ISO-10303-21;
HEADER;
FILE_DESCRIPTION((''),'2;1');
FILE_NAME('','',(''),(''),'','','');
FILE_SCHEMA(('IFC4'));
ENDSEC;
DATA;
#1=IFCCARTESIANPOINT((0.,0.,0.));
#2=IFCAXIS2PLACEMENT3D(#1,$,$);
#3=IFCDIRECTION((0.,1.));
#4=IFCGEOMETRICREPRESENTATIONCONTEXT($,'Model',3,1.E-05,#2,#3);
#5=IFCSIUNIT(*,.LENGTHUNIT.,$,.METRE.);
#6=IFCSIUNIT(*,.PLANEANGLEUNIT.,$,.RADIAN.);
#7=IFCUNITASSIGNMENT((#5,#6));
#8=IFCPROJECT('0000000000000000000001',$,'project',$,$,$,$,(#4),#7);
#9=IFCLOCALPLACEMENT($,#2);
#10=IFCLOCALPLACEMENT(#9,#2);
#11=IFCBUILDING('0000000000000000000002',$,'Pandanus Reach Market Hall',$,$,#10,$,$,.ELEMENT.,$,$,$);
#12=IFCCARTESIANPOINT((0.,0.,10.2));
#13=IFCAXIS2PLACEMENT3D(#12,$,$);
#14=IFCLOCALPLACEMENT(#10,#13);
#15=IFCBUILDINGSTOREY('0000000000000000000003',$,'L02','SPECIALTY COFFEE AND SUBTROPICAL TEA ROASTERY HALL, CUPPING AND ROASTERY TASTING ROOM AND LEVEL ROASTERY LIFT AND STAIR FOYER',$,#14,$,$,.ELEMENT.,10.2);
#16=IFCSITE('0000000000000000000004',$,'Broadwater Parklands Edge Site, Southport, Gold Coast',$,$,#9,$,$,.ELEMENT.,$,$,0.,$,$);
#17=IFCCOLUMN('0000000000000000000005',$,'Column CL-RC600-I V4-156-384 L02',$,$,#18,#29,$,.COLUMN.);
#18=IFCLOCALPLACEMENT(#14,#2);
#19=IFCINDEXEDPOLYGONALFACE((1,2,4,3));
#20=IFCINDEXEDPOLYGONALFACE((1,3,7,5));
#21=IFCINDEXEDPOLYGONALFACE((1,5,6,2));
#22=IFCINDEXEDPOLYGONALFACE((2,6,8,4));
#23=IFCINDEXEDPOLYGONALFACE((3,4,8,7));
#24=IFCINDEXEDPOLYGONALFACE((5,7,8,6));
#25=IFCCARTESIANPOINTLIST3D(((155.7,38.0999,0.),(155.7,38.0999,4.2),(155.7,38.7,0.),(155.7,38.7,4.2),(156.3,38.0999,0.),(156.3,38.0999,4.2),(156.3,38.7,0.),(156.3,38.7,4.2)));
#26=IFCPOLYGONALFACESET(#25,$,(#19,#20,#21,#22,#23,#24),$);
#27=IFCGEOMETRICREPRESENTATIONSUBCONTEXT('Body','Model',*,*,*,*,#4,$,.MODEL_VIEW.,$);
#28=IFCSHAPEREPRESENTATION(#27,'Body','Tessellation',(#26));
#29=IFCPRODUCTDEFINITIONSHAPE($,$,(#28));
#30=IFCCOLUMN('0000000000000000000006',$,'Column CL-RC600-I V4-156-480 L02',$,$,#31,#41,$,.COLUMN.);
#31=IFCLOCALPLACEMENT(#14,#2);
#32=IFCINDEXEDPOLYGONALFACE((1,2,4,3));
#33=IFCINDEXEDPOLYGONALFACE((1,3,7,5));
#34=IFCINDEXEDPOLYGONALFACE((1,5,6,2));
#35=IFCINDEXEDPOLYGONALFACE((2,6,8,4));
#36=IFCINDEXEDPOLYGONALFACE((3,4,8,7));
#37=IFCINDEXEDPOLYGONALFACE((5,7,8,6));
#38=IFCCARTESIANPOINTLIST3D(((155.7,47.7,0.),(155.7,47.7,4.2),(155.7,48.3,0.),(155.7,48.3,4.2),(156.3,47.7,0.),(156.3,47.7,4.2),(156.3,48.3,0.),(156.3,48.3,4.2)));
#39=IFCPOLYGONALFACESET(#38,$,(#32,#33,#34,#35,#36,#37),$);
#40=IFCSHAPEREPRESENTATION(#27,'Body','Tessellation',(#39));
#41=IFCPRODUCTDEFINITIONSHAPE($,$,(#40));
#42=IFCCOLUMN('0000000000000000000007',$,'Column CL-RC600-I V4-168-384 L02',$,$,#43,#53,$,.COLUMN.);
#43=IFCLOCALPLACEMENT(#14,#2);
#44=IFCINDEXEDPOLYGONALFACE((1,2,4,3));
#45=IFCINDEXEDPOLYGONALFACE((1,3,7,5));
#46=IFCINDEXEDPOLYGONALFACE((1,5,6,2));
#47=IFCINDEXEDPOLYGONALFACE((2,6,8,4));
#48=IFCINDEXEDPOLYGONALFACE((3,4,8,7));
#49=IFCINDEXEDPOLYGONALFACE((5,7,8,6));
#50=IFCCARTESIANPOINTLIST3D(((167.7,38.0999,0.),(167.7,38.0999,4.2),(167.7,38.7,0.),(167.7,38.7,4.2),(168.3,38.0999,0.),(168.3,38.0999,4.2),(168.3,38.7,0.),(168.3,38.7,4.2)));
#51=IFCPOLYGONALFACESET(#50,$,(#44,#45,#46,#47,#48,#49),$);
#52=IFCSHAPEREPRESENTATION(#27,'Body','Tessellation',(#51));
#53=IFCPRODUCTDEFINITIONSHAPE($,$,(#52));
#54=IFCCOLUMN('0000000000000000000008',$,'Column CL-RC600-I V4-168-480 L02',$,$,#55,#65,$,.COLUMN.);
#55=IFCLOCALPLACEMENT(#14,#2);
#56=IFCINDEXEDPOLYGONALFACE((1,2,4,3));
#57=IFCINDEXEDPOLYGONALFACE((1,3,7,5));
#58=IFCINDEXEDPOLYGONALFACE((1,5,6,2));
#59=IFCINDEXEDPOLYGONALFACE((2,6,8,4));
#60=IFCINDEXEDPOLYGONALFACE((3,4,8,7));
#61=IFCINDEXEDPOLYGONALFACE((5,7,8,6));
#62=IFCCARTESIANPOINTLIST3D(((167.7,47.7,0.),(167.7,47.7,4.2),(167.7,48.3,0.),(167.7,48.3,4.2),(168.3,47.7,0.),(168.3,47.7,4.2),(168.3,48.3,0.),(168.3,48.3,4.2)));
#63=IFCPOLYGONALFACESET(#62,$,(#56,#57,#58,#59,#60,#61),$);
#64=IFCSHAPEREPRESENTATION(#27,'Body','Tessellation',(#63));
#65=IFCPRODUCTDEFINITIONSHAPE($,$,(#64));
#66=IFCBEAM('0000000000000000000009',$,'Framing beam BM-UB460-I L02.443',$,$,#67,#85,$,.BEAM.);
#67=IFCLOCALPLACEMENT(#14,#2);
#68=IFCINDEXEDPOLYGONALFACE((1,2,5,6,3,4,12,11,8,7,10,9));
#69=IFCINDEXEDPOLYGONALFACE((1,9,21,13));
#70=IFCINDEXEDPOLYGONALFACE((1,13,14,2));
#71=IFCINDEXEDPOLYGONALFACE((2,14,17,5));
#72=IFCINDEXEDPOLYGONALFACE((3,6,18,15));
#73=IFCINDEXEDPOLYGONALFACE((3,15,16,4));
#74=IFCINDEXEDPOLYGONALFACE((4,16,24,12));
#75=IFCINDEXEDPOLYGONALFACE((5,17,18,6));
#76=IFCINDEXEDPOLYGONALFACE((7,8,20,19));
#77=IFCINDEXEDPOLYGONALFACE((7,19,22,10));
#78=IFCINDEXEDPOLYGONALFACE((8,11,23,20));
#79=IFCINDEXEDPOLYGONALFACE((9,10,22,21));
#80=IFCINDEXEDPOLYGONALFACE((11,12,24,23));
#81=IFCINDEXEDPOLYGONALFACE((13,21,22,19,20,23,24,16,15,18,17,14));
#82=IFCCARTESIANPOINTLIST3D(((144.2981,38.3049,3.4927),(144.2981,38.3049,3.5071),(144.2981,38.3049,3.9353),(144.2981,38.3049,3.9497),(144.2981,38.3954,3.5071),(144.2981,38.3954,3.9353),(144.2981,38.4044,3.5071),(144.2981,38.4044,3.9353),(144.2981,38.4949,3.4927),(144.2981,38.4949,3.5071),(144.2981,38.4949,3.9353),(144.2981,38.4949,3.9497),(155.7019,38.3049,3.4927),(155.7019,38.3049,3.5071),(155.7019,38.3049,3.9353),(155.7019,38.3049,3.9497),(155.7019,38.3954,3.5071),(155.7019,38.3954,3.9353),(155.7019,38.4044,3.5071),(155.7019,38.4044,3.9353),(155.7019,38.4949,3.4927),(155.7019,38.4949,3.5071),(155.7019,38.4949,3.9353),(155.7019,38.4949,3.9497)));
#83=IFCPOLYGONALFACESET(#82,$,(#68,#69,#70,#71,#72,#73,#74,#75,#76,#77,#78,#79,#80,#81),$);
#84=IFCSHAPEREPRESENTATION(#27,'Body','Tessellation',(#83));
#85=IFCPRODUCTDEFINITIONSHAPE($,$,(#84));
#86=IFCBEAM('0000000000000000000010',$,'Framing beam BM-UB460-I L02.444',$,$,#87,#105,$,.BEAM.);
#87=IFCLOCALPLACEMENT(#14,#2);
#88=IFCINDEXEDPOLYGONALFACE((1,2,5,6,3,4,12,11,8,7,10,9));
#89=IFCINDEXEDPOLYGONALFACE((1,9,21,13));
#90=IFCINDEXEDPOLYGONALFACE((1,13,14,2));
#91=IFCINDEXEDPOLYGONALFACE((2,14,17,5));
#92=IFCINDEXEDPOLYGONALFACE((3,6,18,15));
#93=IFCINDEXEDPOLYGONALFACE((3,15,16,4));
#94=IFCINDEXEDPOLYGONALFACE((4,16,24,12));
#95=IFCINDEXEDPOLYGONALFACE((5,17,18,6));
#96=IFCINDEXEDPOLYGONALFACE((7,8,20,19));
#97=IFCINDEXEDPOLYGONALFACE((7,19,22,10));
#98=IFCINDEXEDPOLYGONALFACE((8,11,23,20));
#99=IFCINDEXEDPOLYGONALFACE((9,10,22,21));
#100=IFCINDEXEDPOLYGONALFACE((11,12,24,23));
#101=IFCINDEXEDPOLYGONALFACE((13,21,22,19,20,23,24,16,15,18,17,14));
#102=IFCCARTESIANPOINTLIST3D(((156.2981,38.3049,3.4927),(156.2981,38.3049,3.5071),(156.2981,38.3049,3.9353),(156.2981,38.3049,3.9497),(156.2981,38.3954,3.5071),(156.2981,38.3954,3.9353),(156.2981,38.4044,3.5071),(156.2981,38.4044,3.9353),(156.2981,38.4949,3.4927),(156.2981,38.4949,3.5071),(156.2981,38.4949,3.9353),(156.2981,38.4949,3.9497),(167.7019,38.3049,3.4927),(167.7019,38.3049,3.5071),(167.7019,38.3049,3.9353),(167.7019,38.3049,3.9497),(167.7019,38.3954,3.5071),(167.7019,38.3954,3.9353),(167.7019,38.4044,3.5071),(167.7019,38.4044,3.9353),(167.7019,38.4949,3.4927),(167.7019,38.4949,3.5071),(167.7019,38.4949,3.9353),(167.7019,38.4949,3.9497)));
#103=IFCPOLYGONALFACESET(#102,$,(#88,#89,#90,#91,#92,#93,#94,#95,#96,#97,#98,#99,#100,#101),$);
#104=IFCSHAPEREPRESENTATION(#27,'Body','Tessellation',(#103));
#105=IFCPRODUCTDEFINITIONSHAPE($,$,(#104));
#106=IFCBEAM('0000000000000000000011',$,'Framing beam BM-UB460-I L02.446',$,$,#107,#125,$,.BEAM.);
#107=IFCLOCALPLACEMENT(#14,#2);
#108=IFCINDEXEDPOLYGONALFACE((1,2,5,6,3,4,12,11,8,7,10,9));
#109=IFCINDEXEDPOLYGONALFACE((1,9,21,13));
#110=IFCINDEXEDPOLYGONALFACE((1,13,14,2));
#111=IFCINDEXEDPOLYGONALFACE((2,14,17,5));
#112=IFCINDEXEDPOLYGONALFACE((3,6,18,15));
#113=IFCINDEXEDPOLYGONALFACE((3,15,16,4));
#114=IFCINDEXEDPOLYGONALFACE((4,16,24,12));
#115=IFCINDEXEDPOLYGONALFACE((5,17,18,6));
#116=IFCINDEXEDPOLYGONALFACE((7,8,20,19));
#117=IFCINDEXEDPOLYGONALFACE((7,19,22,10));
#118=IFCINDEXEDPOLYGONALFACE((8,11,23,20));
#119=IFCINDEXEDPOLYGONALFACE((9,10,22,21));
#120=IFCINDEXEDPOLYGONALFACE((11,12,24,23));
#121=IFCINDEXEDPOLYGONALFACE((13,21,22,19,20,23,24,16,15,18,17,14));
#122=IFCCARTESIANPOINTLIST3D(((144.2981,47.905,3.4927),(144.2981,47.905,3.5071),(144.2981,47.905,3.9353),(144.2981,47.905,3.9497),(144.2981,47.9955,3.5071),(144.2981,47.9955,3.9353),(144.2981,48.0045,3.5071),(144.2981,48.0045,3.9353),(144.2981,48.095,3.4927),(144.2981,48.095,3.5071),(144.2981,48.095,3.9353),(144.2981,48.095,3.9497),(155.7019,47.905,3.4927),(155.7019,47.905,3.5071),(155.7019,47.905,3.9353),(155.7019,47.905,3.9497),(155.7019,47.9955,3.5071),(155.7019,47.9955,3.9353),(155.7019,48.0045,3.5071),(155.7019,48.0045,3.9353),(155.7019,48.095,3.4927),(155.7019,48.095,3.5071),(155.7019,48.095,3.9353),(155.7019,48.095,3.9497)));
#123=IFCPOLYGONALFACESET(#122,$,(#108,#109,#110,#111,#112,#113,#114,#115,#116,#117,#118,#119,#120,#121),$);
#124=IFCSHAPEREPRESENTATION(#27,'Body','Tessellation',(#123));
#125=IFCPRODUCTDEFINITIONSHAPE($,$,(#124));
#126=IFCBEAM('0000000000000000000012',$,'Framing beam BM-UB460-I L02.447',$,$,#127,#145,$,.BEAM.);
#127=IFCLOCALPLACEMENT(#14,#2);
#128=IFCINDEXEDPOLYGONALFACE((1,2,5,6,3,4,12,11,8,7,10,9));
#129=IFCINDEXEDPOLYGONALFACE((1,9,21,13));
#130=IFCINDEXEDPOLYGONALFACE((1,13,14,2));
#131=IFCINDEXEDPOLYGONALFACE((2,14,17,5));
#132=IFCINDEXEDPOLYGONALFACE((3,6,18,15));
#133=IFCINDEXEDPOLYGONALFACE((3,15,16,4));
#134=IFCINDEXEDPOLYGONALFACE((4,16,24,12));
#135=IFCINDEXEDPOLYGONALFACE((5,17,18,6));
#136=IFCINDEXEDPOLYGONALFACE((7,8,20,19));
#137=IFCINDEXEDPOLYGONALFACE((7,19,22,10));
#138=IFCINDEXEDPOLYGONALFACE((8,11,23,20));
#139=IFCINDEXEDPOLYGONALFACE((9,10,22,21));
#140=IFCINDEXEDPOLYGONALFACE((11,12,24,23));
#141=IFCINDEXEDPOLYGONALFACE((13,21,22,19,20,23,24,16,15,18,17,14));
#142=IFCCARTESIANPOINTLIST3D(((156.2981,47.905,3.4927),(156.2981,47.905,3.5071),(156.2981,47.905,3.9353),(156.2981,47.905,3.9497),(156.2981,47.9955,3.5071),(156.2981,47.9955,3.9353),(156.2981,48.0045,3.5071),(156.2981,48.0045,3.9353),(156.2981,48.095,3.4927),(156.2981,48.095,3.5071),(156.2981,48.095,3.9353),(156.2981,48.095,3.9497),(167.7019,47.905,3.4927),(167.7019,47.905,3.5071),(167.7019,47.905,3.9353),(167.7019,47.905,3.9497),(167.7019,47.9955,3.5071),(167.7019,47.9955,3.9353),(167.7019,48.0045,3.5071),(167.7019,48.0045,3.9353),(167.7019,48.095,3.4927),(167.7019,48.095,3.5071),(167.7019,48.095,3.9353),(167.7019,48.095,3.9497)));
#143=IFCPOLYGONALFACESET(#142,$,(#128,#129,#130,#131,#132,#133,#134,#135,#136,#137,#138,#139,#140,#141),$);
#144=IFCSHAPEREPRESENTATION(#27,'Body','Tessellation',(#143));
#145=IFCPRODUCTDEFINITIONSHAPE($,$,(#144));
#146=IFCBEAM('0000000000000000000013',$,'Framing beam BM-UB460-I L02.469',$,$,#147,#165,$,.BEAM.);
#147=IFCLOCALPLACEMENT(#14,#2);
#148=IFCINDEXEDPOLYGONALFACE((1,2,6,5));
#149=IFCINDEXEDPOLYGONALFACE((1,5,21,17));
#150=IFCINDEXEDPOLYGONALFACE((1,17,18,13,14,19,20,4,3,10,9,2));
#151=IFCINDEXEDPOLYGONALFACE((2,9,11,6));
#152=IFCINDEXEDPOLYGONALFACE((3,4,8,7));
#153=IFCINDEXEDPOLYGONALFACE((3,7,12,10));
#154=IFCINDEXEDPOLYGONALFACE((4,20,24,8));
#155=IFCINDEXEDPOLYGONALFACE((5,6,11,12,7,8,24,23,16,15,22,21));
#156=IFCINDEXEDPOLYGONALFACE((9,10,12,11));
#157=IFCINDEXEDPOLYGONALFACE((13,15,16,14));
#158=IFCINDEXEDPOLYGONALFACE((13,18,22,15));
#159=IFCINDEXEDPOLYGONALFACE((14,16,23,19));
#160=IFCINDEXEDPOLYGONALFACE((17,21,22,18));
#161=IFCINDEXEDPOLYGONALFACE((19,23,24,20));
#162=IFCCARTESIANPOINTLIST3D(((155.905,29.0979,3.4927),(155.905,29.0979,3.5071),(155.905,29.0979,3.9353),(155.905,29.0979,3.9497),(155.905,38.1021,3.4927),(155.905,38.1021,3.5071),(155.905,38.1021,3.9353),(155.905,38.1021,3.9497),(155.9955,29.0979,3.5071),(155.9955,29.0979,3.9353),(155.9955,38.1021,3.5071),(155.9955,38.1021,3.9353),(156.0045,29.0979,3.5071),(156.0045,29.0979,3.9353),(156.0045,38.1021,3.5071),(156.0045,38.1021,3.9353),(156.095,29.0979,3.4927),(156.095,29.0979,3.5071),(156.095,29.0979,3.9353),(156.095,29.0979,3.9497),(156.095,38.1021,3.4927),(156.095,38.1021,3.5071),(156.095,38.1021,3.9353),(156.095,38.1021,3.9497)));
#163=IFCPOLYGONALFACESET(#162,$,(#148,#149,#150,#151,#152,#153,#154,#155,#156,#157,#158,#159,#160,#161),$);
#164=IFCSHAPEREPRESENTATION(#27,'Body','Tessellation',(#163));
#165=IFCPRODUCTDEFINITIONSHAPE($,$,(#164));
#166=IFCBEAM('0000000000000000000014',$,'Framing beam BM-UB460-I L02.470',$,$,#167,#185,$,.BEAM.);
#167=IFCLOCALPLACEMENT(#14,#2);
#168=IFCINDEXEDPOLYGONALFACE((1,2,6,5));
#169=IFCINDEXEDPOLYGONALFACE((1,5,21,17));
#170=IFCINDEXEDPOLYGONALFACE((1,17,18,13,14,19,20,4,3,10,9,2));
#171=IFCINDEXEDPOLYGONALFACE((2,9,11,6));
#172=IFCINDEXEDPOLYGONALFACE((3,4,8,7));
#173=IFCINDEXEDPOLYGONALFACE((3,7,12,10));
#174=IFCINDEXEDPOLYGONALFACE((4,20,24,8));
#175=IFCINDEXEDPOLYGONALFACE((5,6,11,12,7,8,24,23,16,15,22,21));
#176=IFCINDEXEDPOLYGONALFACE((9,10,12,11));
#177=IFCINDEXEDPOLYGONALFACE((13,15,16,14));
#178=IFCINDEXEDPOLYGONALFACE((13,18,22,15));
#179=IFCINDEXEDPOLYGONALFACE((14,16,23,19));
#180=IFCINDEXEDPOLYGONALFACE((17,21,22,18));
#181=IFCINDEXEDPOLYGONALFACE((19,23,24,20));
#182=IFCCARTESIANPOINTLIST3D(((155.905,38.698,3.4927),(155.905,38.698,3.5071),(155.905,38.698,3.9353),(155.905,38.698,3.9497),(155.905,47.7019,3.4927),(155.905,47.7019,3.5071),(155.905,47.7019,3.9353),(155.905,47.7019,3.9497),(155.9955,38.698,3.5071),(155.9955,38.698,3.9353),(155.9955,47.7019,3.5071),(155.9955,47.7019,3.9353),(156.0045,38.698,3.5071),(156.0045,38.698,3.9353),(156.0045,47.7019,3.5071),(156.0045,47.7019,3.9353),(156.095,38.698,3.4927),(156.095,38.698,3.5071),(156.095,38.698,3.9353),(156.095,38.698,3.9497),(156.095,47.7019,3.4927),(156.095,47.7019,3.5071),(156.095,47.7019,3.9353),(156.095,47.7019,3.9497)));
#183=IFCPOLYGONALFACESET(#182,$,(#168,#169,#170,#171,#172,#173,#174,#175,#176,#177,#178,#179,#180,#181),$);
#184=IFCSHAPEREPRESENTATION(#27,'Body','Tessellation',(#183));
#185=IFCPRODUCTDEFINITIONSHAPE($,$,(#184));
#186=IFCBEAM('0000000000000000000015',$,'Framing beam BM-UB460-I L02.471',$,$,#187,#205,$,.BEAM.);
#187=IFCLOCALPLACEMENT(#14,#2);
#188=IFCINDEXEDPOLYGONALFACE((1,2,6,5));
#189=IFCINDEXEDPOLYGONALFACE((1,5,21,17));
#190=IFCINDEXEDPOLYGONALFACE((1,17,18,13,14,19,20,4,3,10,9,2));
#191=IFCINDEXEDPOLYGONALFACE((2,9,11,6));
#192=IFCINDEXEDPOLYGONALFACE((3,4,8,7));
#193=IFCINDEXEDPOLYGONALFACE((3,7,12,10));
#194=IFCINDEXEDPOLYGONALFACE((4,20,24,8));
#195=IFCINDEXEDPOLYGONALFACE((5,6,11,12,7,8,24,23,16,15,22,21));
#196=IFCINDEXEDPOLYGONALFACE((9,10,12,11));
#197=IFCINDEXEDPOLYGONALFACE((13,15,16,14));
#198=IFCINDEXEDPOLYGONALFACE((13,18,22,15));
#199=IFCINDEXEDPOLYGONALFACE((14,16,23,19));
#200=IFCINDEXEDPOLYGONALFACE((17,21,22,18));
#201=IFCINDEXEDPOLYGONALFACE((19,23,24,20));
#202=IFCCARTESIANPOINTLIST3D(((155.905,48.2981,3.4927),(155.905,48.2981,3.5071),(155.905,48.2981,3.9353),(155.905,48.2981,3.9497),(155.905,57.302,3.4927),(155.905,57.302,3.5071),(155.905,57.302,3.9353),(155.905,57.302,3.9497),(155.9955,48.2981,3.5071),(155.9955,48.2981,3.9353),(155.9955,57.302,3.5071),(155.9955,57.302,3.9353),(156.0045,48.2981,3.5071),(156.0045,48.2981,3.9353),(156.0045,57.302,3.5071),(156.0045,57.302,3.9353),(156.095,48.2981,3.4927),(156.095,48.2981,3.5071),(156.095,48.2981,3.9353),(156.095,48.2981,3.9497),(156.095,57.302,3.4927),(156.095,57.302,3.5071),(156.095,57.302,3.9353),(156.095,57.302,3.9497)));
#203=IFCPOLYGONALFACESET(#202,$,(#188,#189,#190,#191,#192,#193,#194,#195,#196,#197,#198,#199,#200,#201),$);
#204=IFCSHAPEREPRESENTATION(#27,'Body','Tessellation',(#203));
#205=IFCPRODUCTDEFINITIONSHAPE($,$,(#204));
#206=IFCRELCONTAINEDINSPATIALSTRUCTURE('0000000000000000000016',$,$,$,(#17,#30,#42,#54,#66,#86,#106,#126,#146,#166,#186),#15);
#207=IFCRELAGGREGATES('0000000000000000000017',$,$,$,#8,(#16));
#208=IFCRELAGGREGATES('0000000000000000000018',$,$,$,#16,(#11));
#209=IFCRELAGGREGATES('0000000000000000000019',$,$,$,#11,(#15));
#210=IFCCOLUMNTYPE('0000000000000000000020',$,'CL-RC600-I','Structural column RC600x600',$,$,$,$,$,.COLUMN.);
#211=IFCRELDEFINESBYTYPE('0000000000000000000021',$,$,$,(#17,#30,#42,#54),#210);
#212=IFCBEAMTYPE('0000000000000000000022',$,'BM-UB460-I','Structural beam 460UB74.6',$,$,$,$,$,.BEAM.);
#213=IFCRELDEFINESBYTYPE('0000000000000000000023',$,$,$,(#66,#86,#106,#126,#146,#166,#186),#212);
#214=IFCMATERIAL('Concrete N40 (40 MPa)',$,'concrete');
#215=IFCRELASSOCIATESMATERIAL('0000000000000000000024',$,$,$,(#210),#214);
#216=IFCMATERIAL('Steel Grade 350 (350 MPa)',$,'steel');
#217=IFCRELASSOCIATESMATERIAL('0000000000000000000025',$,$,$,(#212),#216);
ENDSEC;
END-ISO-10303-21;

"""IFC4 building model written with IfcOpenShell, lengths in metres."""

from ifc_helpers import new_model, si_unit, direction, frame, origin, origin_2d, place, context, subcontext, project, spatial, rectangle, i_section, extrude, material, material_profile, profile_set, type_object, element, save


model = new_model("IFC4")

# Units and contexts
model_context = context("Model", 3, precision=1e-05, world=origin(), true_north=direction((0.0, 1.0)))
body_context = subcontext(model_context, "Body", "Model", "MODEL_VIEW")
ifc_project = project(units=[si_unit("LENGTHUNIT", "METRE"), si_unit("PLANEANGLEUNIT", "RADIAN")], contexts=[model_context])

# Site, building, storey
site_placement = place(None, origin())
site = spatial("IfcSite", under=ifc_project, at=site_placement, Name="Broadwater Parklands Edge Site, Southport, Gold Coast", CompositionType="ELEMENT", RefElevation=0.0)
building_placement = place(site_placement, origin())
building = spatial("IfcBuilding", under=site, at=building_placement, Name="Pandanus Reach Market Hall", CompositionType="ELEMENT")
storey_placement = place(building_placement, frame((0.0, 0.0, 10.2)))
storey = spatial("IfcBuildingStorey", under=building, at=storey_placement, Name="L02", Description="SPECIALTY COFFEE AND SUBTROPICAL TEA ROASTERY HALL, CUPPING AND ROASTERY TASTING ROOM AND LEVEL ROASTERY LIFT AND STAIR FOYER", CompositionType="ELEMENT", Elevation=10.2)

# Columns
ifc_material_1 = material(Name="Concrete N40 (40 MPa)", Category="concrete")
ifc_material_profile_1 = material_profile(ifc_material_1, rectangle(XDim=0.6001, YDim=0.6001, at=origin_2d()), Name="RC600x600", Category="LoadBearing")
ifc_profile_set_1 = profile_set([ifc_material_profile_1], Name="Concrete N40 (40 MPa)")
column_type = type_object("IfcColumnType", Name="CL-RC600-I", Description="Structural column RC600x600", PredefinedType="COLUMN", material=ifc_profile_set_1)
for number, where, z_axis, x_axis, name in (
    (1, (156.0, 38.3999, 0.0), (0.0, 0.0, 1.0), (1.0, 0.0, 0.0), "Column CL-RC600-I V4-156-384 L02"),
    (2, (156.0, 48.0, 0.0), (0.0, 0.0, 1.0), (1.0, 0.0, 0.0), "Column CL-RC600-I V4-156-480 L02"),
    (3, (168.0, 38.3999, 0.0), (0.0, 0.0, 1.0), (1.0, 0.0, 0.0), "Column CL-RC600-I V4-168-384 L02"),
    (4, (168.0, 48.0, 0.0), (0.0, 0.0, 1.0), (1.0, 0.0, 0.0), "Column CL-RC600-I V4-168-480 L02"),
):
    element("IfcColumn", number, at=place(storey_placement, frame(where, z_axis=z_axis, x_axis=x_axis)), inside=storey, type_object=column_type, Name=name, PredefinedType="COLUMN", context=body_context, shape_type="SweptSolid", body=[
        extrude(rectangle(XDim=0.6001, YDim=0.6001, at=origin_2d()), origin(), (0.0, 0.0, 1.0), 4.2),
    ])

# Beams
ifc_material_2 = material(Name="Steel Grade 350 (350 MPa)", Category="steel")
ifc_material_profile_2 = material_profile(ifc_material_2, i_section(OverallWidth=0.1899, OverallDepth=0.457, WebThickness=0.009, FlangeThickness=0.0144, at=origin_2d()), Name="460UB74.6", Category="LoadBearing")
ifc_profile_set_2 = profile_set([ifc_material_profile_2], Name="Steel Grade 350 (350 MPa)")
beam_type_1 = type_object("IfcBeamType", Name="BM-UB460-I", Description="Structural beam 460UB74.6", PredefinedType="BEAM", material=ifc_profile_set_2)
for number, where, z_axis, x_axis, name in (
    (5, (144.2981, 38.3999, 3.7212), (1.0, 0.0, 0.0), (0.0, 1.0, 0.0), "Framing beam BM-UB460-I L02.443"),
    (6, (156.2981, 38.3999, 3.7212), (1.0, 0.0, 0.0), (0.0, 1.0, 0.0), "Framing beam BM-UB460-I L02.444"),
    (7, (144.2981, 48.0, 3.7212), (1.0, 0.0, 0.0), (0.0, 1.0, 0.0), "Framing beam BM-UB460-I L02.446"),
    (8, (156.2981, 48.0, 3.7212), (1.0, 0.0, 0.0), (0.0, 1.0, 0.0), "Framing beam BM-UB460-I L02.447"),
):
    element("IfcBeam", number, at=place(storey_placement, frame(where, z_axis=z_axis, x_axis=x_axis)), inside=storey, type_object=beam_type_1, Name=name, PredefinedType="BEAM", context=body_context, shape_type="SweptSolid", body=[
        extrude(i_section(OverallWidth=0.1899, OverallDepth=0.457, WebThickness=0.009, FlangeThickness=0.0144, at=origin_2d()), origin(), (0.0, 0.0, 1.0), 11.4038),
    ])
beam_1_placement = place(storey_placement, frame((156.0, 29.0979, 3.7212), z_axis=(0.0, 1.0, 0.0), x_axis=(-1.0, 0.0, 0.0)))
element("IfcBeam", 9, at=beam_1_placement, inside=storey, type_object=beam_type_1, Name="Framing beam BM-UB460-I L02.469", PredefinedType="BEAM", context=body_context, shape_type="SweptSolid", body=[
    extrude(i_section(OverallWidth=0.1899, OverallDepth=0.457, WebThickness=0.009, FlangeThickness=0.0144, at=origin_2d()), origin(), (0.0, 0.0, 1.0), 9.0042),
])
for number, where, z_axis, x_axis, name in (
    (10, (156.0, 38.698, 3.7212), (0.0, 1.0, 0.0), (-1.0, 0.0, 0.0), "Framing beam BM-UB460-I L02.470"),
    (11, (156.0, 48.2981, 3.7212), (0.0, 1.0, 0.0), (-1.0, 0.0, 0.0), "Framing beam BM-UB460-I L02.471"),
):
    element("IfcBeam", number, at=place(storey_placement, frame(where, z_axis=z_axis, x_axis=x_axis)), inside=storey, type_object=beam_type_1, Name=name, PredefinedType="BEAM", context=body_context, shape_type="SweptSolid", body=[
        extrude(i_section(OverallWidth=0.1899, OverallDepth=0.457, WebThickness=0.009, FlangeThickness=0.0144, at=origin_2d()), origin(), (0.0, 0.0, 1.0), 9.0039),
    ])

save(model, "model.ifc")
